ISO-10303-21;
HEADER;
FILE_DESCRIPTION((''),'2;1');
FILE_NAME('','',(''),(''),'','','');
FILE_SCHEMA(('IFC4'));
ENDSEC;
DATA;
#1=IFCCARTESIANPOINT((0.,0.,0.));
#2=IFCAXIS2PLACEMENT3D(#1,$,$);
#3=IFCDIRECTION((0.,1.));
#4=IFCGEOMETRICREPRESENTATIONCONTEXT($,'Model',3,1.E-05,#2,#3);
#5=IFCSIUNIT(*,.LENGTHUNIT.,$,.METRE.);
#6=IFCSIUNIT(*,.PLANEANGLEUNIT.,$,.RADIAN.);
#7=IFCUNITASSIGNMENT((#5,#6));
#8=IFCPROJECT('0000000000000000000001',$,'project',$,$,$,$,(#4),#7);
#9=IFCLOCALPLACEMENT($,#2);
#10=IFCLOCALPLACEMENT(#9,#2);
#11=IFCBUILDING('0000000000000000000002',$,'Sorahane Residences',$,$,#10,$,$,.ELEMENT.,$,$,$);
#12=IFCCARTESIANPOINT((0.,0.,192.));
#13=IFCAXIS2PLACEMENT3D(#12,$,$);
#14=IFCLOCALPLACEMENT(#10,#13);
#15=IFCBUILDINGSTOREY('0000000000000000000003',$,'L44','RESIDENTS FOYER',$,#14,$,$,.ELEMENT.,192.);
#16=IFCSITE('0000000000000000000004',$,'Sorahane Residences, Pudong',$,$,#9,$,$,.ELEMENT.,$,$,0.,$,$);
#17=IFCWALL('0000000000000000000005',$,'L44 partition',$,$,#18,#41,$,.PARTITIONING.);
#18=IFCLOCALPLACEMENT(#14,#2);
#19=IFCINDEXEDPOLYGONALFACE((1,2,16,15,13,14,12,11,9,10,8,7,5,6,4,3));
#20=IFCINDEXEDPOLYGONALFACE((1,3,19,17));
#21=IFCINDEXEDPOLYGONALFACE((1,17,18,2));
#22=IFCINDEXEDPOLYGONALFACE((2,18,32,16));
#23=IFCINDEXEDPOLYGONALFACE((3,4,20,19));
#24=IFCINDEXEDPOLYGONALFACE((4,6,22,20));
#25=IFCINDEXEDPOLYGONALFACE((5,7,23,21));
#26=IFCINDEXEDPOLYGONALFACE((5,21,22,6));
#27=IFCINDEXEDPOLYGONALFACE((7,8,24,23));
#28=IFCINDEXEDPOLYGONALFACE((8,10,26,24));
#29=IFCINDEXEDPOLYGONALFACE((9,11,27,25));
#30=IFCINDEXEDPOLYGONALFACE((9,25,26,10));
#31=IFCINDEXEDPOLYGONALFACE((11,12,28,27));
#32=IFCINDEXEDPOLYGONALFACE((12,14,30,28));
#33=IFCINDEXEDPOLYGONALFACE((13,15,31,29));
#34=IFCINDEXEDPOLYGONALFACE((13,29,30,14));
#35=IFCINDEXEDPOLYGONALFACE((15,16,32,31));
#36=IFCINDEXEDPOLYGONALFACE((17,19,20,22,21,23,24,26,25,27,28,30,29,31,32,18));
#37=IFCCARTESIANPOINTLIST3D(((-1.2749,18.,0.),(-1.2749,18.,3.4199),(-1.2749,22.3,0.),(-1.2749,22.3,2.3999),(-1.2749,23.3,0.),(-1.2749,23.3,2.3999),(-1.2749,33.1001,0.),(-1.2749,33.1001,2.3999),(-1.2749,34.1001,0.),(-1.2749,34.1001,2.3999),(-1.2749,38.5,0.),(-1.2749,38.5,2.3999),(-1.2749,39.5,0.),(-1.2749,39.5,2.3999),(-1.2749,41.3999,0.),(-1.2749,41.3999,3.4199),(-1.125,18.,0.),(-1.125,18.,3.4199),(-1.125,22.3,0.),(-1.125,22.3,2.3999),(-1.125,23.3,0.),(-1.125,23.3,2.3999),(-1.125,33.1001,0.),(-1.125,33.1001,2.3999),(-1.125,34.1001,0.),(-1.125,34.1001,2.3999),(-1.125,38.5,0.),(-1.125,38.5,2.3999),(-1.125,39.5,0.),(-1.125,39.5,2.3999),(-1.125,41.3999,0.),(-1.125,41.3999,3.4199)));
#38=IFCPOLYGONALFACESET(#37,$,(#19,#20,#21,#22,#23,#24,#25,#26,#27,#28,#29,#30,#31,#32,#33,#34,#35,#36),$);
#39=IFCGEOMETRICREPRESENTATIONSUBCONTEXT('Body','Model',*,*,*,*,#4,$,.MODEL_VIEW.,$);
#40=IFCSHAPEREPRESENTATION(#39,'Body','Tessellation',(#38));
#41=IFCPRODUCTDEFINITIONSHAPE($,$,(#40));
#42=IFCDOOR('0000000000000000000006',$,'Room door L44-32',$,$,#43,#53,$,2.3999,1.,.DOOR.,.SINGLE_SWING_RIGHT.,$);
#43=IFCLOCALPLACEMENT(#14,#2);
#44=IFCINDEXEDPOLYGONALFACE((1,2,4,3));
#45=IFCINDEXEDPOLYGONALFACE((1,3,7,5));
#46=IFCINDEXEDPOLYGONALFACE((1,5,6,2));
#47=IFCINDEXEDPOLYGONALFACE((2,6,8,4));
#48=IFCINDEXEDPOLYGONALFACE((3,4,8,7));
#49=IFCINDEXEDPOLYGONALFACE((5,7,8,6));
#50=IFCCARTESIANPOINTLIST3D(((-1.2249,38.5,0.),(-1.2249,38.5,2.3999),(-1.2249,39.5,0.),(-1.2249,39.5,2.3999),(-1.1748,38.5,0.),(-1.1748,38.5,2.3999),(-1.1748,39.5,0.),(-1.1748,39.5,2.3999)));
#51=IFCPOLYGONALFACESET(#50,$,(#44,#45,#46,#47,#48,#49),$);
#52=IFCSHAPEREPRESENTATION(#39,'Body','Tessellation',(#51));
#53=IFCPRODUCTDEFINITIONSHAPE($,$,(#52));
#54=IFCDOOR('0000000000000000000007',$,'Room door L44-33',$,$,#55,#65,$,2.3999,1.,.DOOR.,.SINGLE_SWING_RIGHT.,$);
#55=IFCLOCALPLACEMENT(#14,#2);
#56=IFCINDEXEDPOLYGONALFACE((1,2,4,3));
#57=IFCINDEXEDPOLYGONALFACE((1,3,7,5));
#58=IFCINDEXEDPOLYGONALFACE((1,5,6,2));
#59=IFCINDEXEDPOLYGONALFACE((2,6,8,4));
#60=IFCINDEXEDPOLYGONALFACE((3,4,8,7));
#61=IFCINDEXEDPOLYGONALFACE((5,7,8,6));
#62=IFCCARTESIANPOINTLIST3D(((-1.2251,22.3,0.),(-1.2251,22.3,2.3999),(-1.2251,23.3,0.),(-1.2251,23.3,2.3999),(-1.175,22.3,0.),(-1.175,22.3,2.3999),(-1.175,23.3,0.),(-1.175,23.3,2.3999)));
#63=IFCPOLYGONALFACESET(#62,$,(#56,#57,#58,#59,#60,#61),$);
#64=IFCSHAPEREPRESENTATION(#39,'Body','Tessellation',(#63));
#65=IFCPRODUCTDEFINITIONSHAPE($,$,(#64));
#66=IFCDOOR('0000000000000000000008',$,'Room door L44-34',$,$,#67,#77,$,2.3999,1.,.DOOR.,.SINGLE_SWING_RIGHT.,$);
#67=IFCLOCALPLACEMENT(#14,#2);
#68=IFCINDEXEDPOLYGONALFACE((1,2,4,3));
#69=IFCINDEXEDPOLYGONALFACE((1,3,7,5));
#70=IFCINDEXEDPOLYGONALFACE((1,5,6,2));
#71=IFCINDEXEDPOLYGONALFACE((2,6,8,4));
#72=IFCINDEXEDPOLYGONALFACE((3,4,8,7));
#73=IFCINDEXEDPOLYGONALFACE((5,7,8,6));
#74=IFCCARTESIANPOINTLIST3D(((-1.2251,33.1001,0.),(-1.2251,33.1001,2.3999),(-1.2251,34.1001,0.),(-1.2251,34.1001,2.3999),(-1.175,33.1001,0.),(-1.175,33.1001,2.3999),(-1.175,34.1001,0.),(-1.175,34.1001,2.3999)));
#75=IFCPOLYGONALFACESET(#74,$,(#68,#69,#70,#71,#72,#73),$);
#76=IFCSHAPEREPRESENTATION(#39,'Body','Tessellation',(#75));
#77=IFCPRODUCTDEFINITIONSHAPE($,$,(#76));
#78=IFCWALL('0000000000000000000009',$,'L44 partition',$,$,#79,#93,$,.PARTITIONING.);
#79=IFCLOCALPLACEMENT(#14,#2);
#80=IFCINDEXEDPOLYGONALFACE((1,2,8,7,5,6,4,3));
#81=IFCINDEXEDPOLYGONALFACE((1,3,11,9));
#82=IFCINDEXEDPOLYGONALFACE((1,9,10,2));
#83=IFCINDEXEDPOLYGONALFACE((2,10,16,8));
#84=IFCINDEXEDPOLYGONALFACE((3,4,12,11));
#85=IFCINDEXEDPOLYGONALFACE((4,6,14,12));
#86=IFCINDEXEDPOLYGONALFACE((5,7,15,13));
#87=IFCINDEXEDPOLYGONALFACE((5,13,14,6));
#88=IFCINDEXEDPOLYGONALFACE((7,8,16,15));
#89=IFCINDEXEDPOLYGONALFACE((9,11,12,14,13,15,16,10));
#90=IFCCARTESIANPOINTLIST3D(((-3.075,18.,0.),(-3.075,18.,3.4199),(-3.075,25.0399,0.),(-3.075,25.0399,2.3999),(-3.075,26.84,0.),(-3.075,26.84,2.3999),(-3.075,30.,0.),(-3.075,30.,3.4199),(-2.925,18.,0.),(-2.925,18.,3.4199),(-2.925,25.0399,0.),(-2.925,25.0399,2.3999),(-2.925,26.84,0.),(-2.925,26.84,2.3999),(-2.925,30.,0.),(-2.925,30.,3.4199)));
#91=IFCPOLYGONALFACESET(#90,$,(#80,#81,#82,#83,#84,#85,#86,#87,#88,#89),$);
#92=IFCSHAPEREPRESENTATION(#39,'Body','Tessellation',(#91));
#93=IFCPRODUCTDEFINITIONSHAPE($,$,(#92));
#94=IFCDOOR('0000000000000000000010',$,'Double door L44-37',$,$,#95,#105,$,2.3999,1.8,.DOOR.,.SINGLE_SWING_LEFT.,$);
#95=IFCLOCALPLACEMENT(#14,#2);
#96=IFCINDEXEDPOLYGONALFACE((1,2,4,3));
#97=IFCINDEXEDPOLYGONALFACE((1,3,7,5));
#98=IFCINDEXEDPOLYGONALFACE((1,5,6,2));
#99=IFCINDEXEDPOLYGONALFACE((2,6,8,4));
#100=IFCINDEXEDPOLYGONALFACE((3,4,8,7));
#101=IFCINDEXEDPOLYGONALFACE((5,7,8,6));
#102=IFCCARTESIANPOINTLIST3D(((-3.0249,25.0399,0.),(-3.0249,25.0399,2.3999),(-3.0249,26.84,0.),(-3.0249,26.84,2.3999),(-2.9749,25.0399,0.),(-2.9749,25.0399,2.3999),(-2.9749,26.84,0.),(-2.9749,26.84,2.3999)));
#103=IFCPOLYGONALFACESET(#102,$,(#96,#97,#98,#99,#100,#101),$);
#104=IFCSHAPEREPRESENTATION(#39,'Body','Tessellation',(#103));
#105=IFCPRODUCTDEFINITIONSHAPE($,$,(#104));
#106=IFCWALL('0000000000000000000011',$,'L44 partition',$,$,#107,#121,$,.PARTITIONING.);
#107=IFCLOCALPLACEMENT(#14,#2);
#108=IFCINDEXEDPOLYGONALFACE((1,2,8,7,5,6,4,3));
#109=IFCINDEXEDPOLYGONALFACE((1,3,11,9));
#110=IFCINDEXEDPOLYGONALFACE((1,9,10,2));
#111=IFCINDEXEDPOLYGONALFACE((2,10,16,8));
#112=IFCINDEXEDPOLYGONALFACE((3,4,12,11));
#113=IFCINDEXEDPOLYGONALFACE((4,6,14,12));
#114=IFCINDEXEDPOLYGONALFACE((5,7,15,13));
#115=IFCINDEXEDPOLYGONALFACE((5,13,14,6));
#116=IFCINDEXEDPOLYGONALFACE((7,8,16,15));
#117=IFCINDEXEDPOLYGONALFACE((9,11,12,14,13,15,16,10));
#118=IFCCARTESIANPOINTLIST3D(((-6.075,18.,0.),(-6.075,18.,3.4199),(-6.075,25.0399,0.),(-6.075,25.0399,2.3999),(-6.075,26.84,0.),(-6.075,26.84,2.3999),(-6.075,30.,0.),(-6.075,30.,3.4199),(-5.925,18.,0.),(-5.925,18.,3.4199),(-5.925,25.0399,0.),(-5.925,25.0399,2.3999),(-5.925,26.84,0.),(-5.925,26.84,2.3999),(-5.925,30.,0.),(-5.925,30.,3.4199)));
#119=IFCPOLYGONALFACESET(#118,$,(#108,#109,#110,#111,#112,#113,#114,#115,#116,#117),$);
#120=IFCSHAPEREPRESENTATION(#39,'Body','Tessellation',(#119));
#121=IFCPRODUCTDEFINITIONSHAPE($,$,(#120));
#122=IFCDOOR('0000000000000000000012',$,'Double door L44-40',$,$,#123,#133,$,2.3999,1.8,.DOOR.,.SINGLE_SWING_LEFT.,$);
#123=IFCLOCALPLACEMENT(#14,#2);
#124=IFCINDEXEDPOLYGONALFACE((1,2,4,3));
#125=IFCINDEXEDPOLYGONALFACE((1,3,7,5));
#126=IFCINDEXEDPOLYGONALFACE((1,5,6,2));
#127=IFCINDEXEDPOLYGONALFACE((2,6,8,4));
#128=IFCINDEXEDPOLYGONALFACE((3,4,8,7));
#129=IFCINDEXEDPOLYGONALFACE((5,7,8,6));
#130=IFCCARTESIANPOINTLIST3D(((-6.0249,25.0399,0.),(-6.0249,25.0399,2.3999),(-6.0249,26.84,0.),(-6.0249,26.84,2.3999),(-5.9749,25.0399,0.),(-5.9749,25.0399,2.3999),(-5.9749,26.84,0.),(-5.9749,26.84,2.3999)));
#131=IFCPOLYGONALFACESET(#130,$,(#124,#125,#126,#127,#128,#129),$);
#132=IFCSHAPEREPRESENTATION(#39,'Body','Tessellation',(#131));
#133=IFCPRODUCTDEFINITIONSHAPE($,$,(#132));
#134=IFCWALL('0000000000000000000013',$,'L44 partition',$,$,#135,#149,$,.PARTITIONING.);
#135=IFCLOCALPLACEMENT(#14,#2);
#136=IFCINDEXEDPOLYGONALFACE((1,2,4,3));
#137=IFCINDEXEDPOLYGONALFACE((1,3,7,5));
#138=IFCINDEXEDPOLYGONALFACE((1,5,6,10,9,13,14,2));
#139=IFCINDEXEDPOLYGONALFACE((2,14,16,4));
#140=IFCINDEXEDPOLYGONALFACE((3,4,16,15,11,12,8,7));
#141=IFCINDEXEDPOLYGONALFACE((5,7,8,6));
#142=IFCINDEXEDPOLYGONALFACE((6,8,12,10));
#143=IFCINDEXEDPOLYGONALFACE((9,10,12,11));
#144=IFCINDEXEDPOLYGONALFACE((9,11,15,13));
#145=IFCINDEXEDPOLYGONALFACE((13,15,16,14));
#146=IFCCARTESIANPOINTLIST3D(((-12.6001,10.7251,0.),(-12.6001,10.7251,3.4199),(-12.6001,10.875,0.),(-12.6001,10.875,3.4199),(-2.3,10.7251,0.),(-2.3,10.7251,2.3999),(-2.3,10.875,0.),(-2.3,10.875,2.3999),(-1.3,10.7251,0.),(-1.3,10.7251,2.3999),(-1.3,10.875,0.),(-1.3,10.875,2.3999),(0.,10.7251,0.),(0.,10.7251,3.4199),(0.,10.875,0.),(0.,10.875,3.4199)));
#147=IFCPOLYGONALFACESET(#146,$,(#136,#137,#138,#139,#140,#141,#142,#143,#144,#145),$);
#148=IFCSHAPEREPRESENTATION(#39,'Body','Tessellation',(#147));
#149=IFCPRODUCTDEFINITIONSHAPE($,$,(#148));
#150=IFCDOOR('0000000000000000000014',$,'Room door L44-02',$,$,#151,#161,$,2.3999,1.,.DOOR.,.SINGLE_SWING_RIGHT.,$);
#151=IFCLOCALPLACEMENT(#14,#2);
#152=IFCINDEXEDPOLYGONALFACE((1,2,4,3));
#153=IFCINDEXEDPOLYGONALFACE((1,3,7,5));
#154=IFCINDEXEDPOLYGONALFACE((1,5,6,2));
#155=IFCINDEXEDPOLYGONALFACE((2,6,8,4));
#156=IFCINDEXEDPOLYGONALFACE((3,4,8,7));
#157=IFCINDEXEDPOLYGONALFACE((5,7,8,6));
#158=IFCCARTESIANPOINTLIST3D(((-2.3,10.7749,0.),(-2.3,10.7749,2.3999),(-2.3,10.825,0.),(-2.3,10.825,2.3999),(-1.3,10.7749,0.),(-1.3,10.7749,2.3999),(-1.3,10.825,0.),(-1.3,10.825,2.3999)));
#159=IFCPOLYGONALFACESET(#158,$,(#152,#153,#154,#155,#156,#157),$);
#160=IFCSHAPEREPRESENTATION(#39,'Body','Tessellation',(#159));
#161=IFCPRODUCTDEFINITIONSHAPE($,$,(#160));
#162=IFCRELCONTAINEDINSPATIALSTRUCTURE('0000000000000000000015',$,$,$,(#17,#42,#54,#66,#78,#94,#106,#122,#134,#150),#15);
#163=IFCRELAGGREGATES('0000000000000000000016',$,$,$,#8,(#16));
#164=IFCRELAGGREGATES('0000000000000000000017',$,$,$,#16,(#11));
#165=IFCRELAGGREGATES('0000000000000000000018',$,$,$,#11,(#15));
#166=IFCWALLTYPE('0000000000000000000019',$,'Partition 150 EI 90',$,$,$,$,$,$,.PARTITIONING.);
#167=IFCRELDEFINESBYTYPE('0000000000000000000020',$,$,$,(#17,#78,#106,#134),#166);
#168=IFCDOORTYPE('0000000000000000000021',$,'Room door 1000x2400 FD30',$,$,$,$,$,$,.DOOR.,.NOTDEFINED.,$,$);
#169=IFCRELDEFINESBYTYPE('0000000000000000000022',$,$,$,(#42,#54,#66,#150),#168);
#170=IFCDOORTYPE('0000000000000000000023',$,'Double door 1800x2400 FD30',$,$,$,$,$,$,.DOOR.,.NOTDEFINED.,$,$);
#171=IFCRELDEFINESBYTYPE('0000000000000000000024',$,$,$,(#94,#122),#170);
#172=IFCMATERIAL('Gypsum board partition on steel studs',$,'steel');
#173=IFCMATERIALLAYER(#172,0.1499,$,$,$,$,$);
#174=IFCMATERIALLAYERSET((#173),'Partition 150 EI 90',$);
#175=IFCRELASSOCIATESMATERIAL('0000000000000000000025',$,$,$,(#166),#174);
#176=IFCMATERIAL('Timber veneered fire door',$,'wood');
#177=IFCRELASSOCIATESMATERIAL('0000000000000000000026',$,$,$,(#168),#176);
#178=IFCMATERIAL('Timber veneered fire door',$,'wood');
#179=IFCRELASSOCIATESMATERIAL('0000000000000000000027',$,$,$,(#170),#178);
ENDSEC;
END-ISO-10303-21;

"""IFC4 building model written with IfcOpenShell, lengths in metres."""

from ifc_helpers import new_model, si_unit, direction, frame, frame_2d, origin, place, context, subcontext, project, spatial, rectangle, extrude, material, layer, layer_set, type_object, element, fill, save


model = new_model("IFC4")

# Units and contexts
model_context = context("Model", 3, precision=1e-05, world=origin(), true_north=direction((0.0, 1.0)))
body_context = subcontext(model_context, "Body", "Model", "MODEL_VIEW")
ifc_project = project(units=[si_unit("LENGTHUNIT", "METRE"), si_unit("PLANEANGLEUNIT", "RADIAN")], contexts=[model_context])

# Site, building, storey
site_placement = place(None, origin())
site = spatial("IfcSite", under=ifc_project, at=site_placement, Name="Sorahane Residences, Pudong", CompositionType="ELEMENT", RefElevation=0.0)
building_placement = place(site_placement, origin())
building = spatial("IfcBuilding", under=site, at=building_placement, Name="Sorahane Residences", CompositionType="ELEMENT")
storey_placement = place(building_placement, frame((0.0, 0.0, 192.0)))
storey = spatial("IfcBuildingStorey", under=building, at=storey_placement, Name="L44", Description="RESIDENTS FOYER", CompositionType="ELEMENT", Elevation=192.0)

# Wall, openings, doors
ifc_material_1 = material(Name="Gypsum board partition on steel studs", Category="steel")
ifc_layer_1 = layer(ifc_material_1, 0.1499)
ifc_layer_set_1 = layer_set([ifc_layer_1], Name="Partition 150 EI 90")
wall_type_1 = type_object("IfcWallType", Name="Partition 150 EI 90", PredefinedType="PARTITIONING", material=ifc_layer_set_1)
wall_1_placement = place(storey_placement, frame((-1.2, 18.0, 0.0), z_axis=(0.0, 0.0, 1.0), x_axis=(0.0, 1.0, 0.0)))
wall_1 = element("IfcWall", 1, at=wall_1_placement, inside=storey, type_object=wall_type_1, Name="L44 partition", PredefinedType="PARTITIONING", context=body_context, shape_type="SweptSolid", body=[
    extrude(rectangle(XDim=23.3999, YDim=0.1499, at=frame_2d((11.7, 0.0))), origin(), (0.0, 0.0, 1.0), 3.4199),
])
opening_1_placement = place(wall_1_placement, frame((20.5, 0.0, 0.0)))
opening_1 = element("IfcOpeningElement", 2, at=opening_1_placement, cuts=wall_1, PredefinedType="OPENING", context=body_context, shape_type="SweptSolid", body=[
    extrude(rectangle(XDim=1.0, YDim=2.3999, at=frame_2d((0.5, 1.2))), frame((0.0, 0.085, 0.0), z_axis=(0.0, -1.0, 0.0), x_axis=(1.0, 0.0, 0.0)), (0.0, 0.0, 1.0), 0.1699),
])
opening_2_placement = place(wall_1_placement, frame((4.3, 0.0, 0.0)))
opening_2 = element("IfcOpeningElement", 3, at=opening_2_placement, cuts=wall_1, PredefinedType="OPENING", context=body_context, shape_type="SweptSolid", body=[
    extrude(rectangle(XDim=1.0, YDim=2.3999, at=frame_2d((0.5, 1.2))), frame((0.0, 0.085, 0.0), z_axis=(0.0, -1.0, 0.0), x_axis=(1.0, 0.0, 0.0)), (0.0, 0.0, 1.0), 0.1699),
])
opening_3_placement = place(wall_1_placement, frame((15.1001, 0.0, 0.0)))
opening_3 = element("IfcOpeningElement", 4, at=opening_3_placement, cuts=wall_1, PredefinedType="OPENING", context=body_context, shape_type="SweptSolid", body=[
    extrude(rectangle(XDim=1.0, YDim=2.3999, at=frame_2d((0.5, 1.2))), frame((0.0, 0.085, 0.0), z_axis=(0.0, -1.0, 0.0), x_axis=(1.0, 0.0, 0.0)), (0.0, 0.0, 1.0), 0.1699),
])
ifc_material_2 = material(Name="Timber veneered fire door", Category="wood")
door_type_1 = type_object("IfcDoorType", Name="Room door 1000x2400 FD30", OperationType="NOTDEFINED", PredefinedType="DOOR", material=ifc_material_2)
door_1_placement = place(opening_1_placement, origin())
door_1 = element("IfcDoor", 5, at=door_1_placement, inside=storey, type_object=door_type_1, Name="Room door L44-32", OperationType="SINGLE_SWING_RIGHT", OverallHeight=2.3999, OverallWidth=1.0, PredefinedType="DOOR", context=body_context, shape_type="SweptSolid", body=[
    extrude(rectangle(XDim=1.0, YDim=2.3999, at=frame_2d((0.5, 1.2))), frame((0.0, 0.0249, 0.0), z_axis=(0.0, -1.0, 0.0), x_axis=(1.0, 0.0, 0.0)), (0.0, 0.0, 1.0), 0.05),
])
fill(opening_1, door_1)
door_2_placement = place(opening_2_placement, frame((1.0, 0.0, 0.0), z_axis=(0.0, 0.0, 1.0), x_axis=(-1.0, 0.0, 0.0)))
door_2 = element("IfcDoor", 6, at=door_2_placement, inside=storey, type_object=door_type_1, Name="Room door L44-33", OperationType="SINGLE_SWING_RIGHT", OverallHeight=2.3999, OverallWidth=1.0, PredefinedType="DOOR", context=body_context, shape_type="SweptSolid", body=[
    extrude(rectangle(XDim=1.0, YDim=2.3999, at=frame_2d((0.5, 1.2))), frame((0.0, 0.0249, 0.0), z_axis=(0.0, -1.0, 0.0), x_axis=(1.0, 0.0, 0.0)), (0.0, 0.0, 1.0), 0.05),
])
fill(opening_2, door_2)
door_3_placement = place(opening_3_placement, frame((1.0, 0.0, 0.0), z_axis=(0.0, 0.0, 1.0), x_axis=(-1.0, 0.0, 0.0)))
door_3 = element("IfcDoor", 7, at=door_3_placement, inside=storey, type_object=door_type_1, Name="Room door L44-34", OperationType="SINGLE_SWING_RIGHT", OverallHeight=2.3999, OverallWidth=1.0, PredefinedType="DOOR", context=body_context, shape_type="SweptSolid", body=[
    extrude(rectangle(XDim=1.0, YDim=2.3999, at=frame_2d((0.5, 1.2))), frame((0.0, 0.0249, 0.0), z_axis=(0.0, -1.0, 0.0), x_axis=(1.0, 0.0, 0.0)), (0.0, 0.0, 1.0), 0.05),
])
fill(opening_3, door_3)

# Walls, openings, doors
wall_2_placement = place(storey_placement, frame((-3.0, 18.0, 0.0), z_axis=(0.0, 0.0, 1.0), x_axis=(0.0, 1.0, 0.0)))
wall_2 = element("IfcWall", 8, at=wall_2_placement, inside=storey, type_object=wall_type_1, Name="L44 partition", PredefinedType="PARTITIONING", context=body_context, shape_type="SweptSolid", body=[
    extrude(rectangle(XDim=12.0, YDim=0.1499, at=frame_2d((6.0, 0.0))), origin(), (0.0, 0.0, 1.0), 3.4199),
])
opening_4_placement = place(wall_2_placement, frame((7.04, 0.0, 0.0)))
opening_4 = element("IfcOpeningElement", 9, at=opening_4_placement, cuts=wall_2, PredefinedType="OPENING", context=body_context, shape_type="SweptSolid", body=[
    extrude(rectangle(XDim=1.8, YDim=2.3999, at=frame_2d((0.8999, 1.2))), frame((0.0, 0.085, 0.0), z_axis=(0.0, -1.0, 0.0), x_axis=(1.0, 0.0, 0.0)), (0.0, 0.0, 1.0), 0.1699),
])
ifc_material_3 = material(Name="Timber veneered fire door", Category="wood")
door_type_2 = type_object("IfcDoorType", Name="Double door 1800x2400 FD30", OperationType="NOTDEFINED", PredefinedType="DOOR", material=ifc_material_3)
door_4_placement = place(opening_4_placement, origin())
door_4 = element("IfcDoor", 10, at=door_4_placement, inside=storey, type_object=door_type_2, Name="Double door L44-37", OperationType="SINGLE_SWING_LEFT", OverallHeight=2.3999, OverallWidth=1.8, PredefinedType="DOOR", context=body_context, shape_type="SweptSolid", body=[
    extrude(rectangle(XDim=1.8, YDim=2.3999, at=frame_2d((0.8999, 1.2))), frame((0.0, 0.0249, 0.0), z_axis=(0.0, -1.0, 0.0), x_axis=(1.0, 0.0, 0.0)), (0.0, 0.0, 1.0), 0.05),
])
fill(opening_4, door_4)
wall_3_placement = place(storey_placement, frame((-6.0, 18.0, 0.0), z_axis=(0.0, 0.0, 1.0), x_axis=(0.0, 1.0, 0.0)))
wall_3 = element("IfcWall", 11, at=wall_3_placement, inside=storey, type_object=wall_type_1, Name="L44 partition", PredefinedType="PARTITIONING", context=body_context, shape_type="SweptSolid", body=[
    extrude(rectangle(XDim=12.0, YDim=0.1499, at=frame_2d((6.0, 0.0))), origin(), (0.0, 0.0, 1.0), 3.4199),
])
opening_5_placement = place(wall_3_placement, frame((7.04, 0.0, 0.0)))
opening_5 = element("IfcOpeningElement", 12, at=opening_5_placement, cuts=wall_3, PredefinedType="OPENING", context=body_context, shape_type="SweptSolid", body=[
    extrude(rectangle(XDim=1.8, YDim=2.3999, at=frame_2d((0.8999, 1.2))), frame((0.0, 0.085, 0.0), z_axis=(0.0, -1.0, 0.0), x_axis=(1.0, 0.0, 0.0)), (0.0, 0.0, 1.0), 0.1699),
])
door_5_placement = place(opening_5_placement, origin())
door_5 = element("IfcDoor", 13, at=door_5_placement, inside=storey, type_object=door_type_2, Name="Double door L44-40", OperationType="SINGLE_SWING_LEFT", OverallHeight=2.3999, OverallWidth=1.8, PredefinedType="DOOR", context=body_context, shape_type="SweptSolid", body=[
    extrude(rectangle(XDim=1.8, YDim=2.3999, at=frame_2d((0.8999, 1.2))), frame((0.0, 0.0249, 0.0), z_axis=(0.0, -1.0, 0.0), x_axis=(1.0, 0.0, 0.0)), (0.0, 0.0, 1.0), 0.05),
])
fill(opening_5, door_5)
wall_4_placement = place(storey_placement, frame((-12.6001, 10.8, 0.0), z_axis=(0.0, 0.0, 1.0), x_axis=(1.0, 0.0, 0.0)))
wall_4 = element("IfcWall", 14, at=wall_4_placement, inside=storey, type_object=wall_type_1, Name="L44 partition", PredefinedType="PARTITIONING", context=body_context, shape_type="SweptSolid", body=[
    extrude(rectangle(XDim=12.6001, YDim=0.1499, at=frame_2d((6.3, 0.0))), origin(), (0.0, 0.0, 1.0), 3.4199),
])
opening_6_placement = place(wall_4_placement, frame((10.3, 0.0, 0.0)))
opening_6 = element("IfcOpeningElement", 15, at=opening_6_placement, cuts=wall_4, PredefinedType="OPENING", context=body_context, shape_type="SweptSolid", body=[
    extrude(rectangle(XDim=1.0, YDim=2.3999, at=frame_2d((0.5, 1.2))), frame((0.0, 0.085, 0.0), z_axis=(0.0, -1.0, 0.0), x_axis=(1.0, 0.0, 0.0)), (0.0, 0.0, 1.0), 0.1699),
])
door_6_placement = place(opening_6_placement, origin())
door_6 = element("IfcDoor", 16, at=door_6_placement, inside=storey, type_object=door_type_1, Name="Room door L44-02", OperationType="SINGLE_SWING_RIGHT", OverallHeight=2.3999, OverallWidth=1.0, PredefinedType="DOOR", context=body_context, shape_type="SweptSolid", body=[
    extrude(rectangle(XDim=1.0, YDim=2.3999, at=frame_2d((0.5, 1.2))), frame((0.0, 0.0249, 0.0), z_axis=(0.0, -1.0, 0.0), x_axis=(1.0, 0.0, 0.0)), (0.0, 0.0, 1.0), 0.05),
])
fill(opening_6, door_6)

save(model, "model.ifc")
